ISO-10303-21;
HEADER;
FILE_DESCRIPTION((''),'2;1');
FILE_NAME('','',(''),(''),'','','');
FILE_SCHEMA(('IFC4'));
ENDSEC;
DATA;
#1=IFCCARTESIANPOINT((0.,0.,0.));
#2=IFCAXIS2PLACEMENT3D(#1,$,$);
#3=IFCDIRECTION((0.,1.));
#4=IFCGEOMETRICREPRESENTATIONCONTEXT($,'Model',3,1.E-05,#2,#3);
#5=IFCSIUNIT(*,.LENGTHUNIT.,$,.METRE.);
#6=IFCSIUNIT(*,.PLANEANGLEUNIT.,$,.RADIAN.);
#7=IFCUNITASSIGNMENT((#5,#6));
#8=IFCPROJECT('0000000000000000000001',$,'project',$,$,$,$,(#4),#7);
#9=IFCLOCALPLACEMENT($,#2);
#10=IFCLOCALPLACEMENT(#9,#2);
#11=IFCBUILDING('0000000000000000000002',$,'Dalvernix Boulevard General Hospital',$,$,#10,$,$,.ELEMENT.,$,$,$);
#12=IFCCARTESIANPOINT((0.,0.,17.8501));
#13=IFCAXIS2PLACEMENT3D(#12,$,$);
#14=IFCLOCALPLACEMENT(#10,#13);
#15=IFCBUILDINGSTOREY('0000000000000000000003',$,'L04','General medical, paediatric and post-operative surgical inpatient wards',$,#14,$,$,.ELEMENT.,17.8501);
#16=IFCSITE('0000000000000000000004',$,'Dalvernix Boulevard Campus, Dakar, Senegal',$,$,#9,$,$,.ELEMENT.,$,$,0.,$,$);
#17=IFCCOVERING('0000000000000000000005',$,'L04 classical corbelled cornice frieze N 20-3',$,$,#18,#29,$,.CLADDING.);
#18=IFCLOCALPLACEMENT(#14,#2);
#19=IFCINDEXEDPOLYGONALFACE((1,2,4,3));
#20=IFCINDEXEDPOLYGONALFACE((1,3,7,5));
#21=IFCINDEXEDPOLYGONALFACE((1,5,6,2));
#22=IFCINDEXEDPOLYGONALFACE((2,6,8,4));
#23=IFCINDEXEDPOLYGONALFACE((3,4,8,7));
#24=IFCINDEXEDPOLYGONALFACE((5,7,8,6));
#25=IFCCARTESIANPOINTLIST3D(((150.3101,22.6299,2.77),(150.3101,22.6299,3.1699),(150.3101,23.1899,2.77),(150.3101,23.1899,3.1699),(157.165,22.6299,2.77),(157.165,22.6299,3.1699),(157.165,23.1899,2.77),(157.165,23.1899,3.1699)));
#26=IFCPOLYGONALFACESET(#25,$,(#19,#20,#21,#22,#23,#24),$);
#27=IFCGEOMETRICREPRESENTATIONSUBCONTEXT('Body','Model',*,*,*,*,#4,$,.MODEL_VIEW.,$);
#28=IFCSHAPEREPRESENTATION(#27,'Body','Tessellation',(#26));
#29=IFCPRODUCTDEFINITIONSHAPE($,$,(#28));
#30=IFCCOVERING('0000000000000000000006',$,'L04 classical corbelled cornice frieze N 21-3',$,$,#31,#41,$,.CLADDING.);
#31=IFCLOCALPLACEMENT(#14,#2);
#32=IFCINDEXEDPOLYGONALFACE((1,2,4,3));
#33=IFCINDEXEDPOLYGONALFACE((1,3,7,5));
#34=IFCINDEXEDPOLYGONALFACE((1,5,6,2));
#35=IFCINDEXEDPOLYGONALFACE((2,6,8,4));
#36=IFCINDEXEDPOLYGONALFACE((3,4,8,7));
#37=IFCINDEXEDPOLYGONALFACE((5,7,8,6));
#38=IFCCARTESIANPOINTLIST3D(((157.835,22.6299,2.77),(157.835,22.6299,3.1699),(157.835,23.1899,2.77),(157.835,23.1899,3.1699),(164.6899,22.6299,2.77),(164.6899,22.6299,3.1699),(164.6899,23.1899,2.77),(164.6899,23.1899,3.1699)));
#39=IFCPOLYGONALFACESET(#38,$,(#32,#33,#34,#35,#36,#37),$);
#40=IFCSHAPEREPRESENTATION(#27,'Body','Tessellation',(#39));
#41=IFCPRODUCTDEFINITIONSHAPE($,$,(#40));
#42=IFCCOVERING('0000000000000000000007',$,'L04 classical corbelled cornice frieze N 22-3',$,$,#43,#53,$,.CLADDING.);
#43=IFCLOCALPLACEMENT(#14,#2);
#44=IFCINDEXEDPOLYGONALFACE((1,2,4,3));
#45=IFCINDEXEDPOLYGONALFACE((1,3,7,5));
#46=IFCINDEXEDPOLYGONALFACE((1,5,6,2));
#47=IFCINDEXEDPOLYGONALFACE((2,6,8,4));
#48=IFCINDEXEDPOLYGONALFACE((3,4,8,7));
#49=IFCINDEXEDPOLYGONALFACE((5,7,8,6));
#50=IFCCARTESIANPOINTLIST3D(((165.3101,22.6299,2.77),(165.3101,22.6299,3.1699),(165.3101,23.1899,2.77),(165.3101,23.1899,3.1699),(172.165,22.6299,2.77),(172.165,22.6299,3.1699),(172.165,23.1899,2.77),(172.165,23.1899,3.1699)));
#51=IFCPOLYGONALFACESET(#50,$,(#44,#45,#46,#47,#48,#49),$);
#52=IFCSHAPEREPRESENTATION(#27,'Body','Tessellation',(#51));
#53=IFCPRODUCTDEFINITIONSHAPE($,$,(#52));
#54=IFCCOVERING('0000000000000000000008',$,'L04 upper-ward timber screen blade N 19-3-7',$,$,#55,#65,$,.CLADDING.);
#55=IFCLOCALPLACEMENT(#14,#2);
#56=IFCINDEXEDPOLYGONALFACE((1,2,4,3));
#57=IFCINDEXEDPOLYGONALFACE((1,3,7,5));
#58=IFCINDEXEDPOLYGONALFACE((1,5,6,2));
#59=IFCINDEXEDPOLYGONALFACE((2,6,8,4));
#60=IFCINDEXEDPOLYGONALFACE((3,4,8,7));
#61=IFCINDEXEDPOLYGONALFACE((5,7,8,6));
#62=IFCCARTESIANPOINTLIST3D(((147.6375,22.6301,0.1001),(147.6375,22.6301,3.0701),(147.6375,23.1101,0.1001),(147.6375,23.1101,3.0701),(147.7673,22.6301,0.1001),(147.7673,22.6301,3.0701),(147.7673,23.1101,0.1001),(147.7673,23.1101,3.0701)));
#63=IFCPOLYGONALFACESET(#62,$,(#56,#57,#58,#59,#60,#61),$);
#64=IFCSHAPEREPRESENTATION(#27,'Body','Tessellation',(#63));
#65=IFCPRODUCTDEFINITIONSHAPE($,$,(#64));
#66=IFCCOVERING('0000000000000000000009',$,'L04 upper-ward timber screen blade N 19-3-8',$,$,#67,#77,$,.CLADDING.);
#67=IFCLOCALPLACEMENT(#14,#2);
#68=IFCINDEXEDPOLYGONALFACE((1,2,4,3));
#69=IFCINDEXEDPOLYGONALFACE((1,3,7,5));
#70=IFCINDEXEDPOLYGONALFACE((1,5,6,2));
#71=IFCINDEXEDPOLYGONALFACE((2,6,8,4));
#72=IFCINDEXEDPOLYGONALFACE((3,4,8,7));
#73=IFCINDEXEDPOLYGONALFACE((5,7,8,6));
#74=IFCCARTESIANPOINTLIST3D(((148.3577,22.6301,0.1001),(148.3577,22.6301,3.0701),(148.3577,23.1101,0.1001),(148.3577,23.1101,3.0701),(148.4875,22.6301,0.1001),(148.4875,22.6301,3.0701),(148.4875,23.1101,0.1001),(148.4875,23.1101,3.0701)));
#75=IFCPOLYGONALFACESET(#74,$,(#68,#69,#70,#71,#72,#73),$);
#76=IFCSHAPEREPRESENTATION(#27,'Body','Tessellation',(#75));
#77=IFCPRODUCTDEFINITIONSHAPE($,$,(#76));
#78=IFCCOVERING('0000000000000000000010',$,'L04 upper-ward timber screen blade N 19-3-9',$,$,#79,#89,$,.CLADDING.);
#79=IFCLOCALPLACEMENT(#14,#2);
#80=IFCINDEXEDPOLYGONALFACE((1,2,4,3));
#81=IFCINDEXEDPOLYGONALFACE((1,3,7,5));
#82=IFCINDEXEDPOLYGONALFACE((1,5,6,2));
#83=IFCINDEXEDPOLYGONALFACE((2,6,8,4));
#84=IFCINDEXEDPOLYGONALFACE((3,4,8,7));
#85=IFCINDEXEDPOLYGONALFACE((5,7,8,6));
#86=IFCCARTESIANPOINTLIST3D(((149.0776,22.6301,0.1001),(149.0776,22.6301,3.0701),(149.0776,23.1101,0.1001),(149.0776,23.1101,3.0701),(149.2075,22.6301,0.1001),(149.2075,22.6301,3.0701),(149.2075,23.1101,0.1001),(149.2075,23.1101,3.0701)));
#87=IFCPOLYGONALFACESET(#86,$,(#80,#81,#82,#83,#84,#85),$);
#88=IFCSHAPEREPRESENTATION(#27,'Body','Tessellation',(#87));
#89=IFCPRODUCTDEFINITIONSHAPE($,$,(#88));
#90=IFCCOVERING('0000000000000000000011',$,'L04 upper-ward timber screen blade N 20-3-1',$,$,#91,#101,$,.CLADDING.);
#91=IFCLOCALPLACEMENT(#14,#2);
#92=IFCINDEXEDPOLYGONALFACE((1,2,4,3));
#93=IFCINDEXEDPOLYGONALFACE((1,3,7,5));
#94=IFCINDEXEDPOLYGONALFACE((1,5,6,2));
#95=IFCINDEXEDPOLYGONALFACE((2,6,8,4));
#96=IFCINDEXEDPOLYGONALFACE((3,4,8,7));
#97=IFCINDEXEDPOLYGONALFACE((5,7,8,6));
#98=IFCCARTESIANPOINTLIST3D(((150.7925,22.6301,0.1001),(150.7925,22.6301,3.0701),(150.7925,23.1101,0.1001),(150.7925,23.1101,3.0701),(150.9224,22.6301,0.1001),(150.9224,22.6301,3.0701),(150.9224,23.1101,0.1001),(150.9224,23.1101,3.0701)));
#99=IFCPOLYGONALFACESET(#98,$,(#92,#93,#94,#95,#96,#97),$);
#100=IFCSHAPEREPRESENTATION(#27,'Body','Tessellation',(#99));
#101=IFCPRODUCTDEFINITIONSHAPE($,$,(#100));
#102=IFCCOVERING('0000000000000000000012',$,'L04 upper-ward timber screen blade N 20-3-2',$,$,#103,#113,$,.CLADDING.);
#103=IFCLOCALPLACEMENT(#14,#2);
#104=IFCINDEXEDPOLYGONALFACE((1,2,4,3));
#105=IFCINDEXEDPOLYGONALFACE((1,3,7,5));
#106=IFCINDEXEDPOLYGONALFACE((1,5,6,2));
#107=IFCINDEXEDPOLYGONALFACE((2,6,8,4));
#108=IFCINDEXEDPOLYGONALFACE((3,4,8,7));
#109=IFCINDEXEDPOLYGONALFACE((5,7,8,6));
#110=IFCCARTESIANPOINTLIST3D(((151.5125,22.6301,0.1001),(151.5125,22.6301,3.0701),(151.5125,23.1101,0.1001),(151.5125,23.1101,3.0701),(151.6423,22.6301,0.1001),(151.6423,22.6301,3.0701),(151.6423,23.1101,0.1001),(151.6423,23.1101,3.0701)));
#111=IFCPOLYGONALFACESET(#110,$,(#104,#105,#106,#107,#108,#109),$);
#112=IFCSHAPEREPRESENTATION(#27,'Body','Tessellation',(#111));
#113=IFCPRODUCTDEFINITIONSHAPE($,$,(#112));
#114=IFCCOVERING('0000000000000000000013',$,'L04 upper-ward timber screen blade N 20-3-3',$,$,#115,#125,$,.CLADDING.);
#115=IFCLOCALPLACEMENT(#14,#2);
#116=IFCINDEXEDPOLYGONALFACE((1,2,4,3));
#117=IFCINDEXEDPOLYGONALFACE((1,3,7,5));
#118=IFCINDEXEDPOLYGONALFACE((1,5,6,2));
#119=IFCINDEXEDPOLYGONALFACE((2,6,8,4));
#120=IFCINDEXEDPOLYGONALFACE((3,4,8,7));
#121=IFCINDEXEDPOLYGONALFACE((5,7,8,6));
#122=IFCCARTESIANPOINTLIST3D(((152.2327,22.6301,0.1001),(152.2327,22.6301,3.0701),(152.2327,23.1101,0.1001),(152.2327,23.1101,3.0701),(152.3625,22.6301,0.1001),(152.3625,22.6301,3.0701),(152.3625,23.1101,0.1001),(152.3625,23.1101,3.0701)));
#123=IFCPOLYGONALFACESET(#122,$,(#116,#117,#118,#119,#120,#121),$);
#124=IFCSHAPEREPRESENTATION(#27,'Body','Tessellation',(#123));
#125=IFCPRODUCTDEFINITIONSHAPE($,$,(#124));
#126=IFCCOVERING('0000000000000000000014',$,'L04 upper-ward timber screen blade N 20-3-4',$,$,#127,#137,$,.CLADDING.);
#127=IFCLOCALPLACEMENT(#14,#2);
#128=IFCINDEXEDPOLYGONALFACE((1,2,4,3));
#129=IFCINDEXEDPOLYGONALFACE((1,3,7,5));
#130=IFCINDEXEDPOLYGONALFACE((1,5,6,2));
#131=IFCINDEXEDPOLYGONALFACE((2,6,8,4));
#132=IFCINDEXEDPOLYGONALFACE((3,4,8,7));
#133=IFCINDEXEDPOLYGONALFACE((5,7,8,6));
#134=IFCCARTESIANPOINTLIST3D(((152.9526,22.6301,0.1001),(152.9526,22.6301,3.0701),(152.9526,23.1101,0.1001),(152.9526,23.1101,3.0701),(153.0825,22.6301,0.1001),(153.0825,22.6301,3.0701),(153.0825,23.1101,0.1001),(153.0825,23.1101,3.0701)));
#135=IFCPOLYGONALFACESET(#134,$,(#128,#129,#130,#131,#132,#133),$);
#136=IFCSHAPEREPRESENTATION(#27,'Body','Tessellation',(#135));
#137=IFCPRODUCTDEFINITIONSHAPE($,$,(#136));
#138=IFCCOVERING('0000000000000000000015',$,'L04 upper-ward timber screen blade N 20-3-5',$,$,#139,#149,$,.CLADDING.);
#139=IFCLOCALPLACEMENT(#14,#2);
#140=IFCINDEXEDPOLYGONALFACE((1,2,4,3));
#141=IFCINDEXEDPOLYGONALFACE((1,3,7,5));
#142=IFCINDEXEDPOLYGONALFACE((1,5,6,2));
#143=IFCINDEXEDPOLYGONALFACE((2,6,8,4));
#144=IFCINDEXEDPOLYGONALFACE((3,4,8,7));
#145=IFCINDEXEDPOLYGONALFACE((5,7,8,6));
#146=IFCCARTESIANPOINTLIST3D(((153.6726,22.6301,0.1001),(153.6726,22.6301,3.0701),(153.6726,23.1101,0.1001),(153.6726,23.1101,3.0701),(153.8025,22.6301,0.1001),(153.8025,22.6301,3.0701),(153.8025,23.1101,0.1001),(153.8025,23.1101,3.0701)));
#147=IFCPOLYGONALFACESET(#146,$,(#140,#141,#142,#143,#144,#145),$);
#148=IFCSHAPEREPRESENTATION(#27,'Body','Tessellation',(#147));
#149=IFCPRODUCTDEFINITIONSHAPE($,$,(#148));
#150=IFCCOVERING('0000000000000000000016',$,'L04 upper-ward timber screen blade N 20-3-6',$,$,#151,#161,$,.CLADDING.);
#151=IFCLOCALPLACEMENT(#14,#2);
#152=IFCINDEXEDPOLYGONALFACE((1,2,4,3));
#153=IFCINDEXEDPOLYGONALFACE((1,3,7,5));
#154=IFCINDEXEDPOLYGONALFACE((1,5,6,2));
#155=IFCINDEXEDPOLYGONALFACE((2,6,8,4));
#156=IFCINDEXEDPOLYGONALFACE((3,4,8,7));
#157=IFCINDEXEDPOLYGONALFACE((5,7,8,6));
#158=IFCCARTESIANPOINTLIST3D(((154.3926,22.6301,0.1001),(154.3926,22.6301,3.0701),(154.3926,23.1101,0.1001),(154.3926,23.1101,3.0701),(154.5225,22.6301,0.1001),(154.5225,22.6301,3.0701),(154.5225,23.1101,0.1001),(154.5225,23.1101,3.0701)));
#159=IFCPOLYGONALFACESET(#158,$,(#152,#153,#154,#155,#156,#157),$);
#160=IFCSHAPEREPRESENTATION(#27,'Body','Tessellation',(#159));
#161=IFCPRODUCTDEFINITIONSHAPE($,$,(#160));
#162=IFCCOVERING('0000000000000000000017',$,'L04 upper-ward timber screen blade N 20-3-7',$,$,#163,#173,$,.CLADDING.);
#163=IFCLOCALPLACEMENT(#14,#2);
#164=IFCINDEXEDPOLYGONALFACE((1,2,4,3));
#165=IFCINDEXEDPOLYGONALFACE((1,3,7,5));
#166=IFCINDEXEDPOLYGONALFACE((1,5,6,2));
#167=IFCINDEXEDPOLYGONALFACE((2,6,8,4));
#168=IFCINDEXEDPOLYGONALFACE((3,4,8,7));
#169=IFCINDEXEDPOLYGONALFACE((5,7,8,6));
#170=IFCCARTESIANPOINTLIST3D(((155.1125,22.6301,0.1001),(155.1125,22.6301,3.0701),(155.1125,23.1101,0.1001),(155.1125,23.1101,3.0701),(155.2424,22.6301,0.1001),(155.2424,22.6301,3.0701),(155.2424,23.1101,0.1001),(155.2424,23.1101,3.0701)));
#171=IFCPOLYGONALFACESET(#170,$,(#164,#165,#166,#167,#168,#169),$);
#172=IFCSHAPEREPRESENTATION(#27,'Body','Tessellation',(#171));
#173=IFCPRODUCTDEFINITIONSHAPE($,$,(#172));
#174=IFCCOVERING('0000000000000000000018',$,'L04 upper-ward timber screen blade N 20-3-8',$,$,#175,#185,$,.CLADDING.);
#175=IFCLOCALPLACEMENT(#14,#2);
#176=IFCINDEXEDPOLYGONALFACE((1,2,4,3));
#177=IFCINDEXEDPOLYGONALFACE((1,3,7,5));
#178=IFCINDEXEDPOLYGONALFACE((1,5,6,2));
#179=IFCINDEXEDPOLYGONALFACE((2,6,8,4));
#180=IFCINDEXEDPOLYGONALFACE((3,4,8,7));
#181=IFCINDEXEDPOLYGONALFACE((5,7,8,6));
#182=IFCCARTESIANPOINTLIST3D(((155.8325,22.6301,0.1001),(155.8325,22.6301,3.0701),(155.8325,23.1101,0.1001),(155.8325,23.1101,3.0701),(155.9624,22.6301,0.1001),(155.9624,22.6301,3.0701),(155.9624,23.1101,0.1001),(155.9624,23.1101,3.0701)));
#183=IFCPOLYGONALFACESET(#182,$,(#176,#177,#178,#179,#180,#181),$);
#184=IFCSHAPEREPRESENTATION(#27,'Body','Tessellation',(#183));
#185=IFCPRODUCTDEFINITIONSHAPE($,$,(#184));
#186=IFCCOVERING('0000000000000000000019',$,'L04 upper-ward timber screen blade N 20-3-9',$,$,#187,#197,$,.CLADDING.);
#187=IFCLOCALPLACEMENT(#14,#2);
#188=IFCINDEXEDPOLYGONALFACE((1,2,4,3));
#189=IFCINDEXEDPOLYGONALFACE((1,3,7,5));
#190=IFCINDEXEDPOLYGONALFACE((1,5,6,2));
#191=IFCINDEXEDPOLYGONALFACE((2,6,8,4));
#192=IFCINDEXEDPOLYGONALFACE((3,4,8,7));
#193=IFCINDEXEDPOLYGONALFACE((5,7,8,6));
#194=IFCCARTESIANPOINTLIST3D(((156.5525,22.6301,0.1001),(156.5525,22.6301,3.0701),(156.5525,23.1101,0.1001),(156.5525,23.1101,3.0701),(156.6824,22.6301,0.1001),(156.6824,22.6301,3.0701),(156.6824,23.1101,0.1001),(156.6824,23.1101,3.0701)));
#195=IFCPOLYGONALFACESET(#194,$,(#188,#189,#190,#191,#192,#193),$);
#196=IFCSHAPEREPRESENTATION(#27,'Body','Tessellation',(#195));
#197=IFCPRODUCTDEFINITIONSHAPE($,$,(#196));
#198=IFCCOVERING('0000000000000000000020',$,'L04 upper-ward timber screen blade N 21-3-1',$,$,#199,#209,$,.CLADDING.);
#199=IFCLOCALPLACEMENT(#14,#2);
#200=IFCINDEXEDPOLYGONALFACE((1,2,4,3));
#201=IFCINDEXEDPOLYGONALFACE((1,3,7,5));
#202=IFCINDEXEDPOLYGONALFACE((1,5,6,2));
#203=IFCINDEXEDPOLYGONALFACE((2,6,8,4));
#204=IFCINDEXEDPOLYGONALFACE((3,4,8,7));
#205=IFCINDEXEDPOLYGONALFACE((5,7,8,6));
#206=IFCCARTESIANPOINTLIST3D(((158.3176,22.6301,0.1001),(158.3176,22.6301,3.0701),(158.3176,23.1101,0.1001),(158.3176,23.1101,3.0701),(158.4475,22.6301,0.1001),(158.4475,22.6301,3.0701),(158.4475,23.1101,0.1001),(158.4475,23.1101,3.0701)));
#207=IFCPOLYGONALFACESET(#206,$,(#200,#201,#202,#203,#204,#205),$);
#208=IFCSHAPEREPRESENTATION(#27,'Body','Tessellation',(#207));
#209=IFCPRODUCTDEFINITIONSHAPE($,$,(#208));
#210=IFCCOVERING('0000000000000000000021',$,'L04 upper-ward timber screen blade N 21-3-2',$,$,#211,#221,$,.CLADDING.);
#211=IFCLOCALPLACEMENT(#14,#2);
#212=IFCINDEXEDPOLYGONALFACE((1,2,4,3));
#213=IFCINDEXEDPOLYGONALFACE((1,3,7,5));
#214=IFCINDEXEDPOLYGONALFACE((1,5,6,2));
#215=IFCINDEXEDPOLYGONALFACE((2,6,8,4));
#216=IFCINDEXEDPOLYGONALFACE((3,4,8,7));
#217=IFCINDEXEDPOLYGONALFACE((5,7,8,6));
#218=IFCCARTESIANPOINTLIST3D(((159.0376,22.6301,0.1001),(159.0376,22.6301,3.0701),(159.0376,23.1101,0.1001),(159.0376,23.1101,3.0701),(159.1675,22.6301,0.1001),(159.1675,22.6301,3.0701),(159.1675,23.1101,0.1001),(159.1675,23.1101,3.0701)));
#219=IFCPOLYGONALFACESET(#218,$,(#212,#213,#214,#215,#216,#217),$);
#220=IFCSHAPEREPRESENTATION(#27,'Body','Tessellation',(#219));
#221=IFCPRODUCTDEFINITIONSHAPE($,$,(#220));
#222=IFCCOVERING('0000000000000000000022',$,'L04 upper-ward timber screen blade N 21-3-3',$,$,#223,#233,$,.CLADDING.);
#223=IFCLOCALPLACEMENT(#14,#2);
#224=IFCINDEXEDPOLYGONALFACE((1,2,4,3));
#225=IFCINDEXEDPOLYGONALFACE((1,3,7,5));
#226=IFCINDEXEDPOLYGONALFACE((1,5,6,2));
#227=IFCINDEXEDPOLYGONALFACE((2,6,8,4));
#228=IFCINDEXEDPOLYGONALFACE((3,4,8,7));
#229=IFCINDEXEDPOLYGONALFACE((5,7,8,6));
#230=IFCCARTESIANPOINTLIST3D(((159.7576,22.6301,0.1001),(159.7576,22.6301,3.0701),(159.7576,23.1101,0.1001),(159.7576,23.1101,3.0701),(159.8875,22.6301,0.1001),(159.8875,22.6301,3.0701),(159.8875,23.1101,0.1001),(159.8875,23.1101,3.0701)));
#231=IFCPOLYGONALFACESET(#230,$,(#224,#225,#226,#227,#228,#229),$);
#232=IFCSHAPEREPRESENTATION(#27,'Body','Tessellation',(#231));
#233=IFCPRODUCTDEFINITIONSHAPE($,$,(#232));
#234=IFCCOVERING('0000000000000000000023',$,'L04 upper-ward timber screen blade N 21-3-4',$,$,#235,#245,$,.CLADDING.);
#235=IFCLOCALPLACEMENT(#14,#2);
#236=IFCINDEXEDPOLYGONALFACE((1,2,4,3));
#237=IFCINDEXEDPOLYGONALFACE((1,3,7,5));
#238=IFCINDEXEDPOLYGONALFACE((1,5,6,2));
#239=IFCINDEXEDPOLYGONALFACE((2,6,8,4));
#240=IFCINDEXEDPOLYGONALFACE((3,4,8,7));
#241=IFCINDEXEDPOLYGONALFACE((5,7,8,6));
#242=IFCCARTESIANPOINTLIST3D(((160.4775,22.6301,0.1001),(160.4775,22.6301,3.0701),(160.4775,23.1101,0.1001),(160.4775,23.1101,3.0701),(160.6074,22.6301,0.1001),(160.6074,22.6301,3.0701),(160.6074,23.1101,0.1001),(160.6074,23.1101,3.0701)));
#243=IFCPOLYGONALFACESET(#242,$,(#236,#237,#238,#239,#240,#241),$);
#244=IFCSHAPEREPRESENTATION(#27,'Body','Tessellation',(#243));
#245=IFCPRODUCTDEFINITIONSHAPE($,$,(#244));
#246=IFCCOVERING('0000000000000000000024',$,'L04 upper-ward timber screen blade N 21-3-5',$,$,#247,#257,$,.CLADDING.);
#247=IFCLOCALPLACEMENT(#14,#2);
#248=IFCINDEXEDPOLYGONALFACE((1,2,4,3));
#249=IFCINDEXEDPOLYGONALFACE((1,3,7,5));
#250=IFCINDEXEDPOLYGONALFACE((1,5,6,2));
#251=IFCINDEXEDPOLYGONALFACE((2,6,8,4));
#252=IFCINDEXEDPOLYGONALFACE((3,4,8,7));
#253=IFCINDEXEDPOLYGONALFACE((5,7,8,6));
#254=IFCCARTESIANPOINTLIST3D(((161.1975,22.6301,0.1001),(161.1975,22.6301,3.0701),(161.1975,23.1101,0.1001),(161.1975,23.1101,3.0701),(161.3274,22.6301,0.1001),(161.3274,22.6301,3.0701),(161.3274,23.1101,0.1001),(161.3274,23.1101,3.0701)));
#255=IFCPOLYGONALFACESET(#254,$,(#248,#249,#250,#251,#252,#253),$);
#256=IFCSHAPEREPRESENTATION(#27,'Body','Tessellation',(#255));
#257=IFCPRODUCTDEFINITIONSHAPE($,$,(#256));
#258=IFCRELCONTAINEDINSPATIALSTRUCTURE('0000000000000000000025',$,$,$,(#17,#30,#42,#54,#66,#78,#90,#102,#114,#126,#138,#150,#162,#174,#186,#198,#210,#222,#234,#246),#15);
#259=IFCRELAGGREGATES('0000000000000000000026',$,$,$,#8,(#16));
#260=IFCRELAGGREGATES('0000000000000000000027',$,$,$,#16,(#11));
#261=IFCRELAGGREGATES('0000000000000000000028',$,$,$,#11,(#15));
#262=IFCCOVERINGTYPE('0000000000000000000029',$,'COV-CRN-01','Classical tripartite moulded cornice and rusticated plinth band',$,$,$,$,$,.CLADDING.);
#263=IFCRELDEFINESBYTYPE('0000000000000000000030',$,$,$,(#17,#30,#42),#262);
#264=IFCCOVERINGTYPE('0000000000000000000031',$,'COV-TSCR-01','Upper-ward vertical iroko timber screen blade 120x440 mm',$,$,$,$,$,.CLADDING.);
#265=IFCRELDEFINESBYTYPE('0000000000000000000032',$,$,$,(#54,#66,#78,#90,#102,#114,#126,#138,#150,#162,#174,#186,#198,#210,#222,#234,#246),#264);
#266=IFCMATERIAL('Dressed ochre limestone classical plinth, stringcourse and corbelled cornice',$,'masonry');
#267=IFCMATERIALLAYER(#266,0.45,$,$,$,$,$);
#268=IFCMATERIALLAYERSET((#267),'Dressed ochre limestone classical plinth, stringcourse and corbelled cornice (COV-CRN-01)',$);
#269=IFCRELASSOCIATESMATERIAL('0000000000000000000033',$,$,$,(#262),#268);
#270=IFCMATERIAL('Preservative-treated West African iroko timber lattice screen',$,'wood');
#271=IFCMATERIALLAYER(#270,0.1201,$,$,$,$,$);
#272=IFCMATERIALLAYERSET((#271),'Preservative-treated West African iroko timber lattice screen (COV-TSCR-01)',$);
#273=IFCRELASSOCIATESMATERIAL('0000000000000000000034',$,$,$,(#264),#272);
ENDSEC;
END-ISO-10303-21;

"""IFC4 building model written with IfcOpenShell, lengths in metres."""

from ifc_helpers import new_model, si_unit, direction, frame, origin, origin_2d, place, context, subcontext, project, spatial, rectangle, extrude, material, layer, layer_set, type_object, element, save


model = new_model("IFC4")

# Units and contexts
model_context = context("Model", 3, precision=1e-05, world=origin(), true_north=direction((0.0, 1.0)))
body_context = subcontext(model_context, "Body", "Model", "MODEL_VIEW")
ifc_project = project(units=[si_unit("LENGTHUNIT", "METRE"), si_unit("PLANEANGLEUNIT", "RADIAN")], contexts=[model_context])

# Site, building, storey
site_placement = place(None, origin())
site = spatial("IfcSite", under=ifc_project, at=site_placement, Name="Dalvernix Boulevard Campus, Dakar, Senegal", CompositionType="ELEMENT", RefElevation=0.0)
building_placement = place(site_placement, origin())
building = spatial("IfcBuilding", under=site, at=building_placement, Name="Dalvernix Boulevard General Hospital", CompositionType="ELEMENT")
storey_placement = place(building_placement, frame((0.0, 0.0, 17.8501)))
storey = spatial("IfcBuildingStorey", under=building, at=storey_placement, Name="L04", Description="General medical, paediatric and post-operative surgical inpatient wards", CompositionType="ELEMENT", Elevation=17.8501)

# Coverings
ifc_material_1 = material(Name="Dressed ochre limestone classical plinth, stringcourse and corbelled cornice", Category="masonry")
ifc_layer_1 = layer(ifc_material_1, 0.45)
ifc_layer_set_1 = layer_set([ifc_layer_1], Name="Dressed ochre limestone classical plinth, stringcourse and corbelled cornice (COV-CRN-01)")
covering_type_1 = type_object("IfcCoveringType", Name="COV-CRN-01", Description="Classical tripartite moulded cornice and rusticated plinth band", PredefinedType="CLADDING", material=ifc_layer_set_1)
for number, where, z_axis, x_axis, name in (
    (1, (153.7375, 22.9099, 2.77), (0.0, 0.0, 1.0), (1.0, 0.0, 0.0), "L04 classical corbelled cornice frieze N 20-3"),
    (2, (161.2625, 22.9099, 2.77), (0.0, 0.0, 1.0), (1.0, 0.0, 0.0), "L04 classical corbelled cornice frieze N 21-3"),
    (3, (168.7375, 22.9099, 2.77), (0.0, 0.0, 1.0), (1.0, 0.0, 0.0), "L04 classical corbelled cornice frieze N 22-3"),
):
    element("IfcCovering", number, at=place(storey_placement, frame(where, z_axis=z_axis, x_axis=x_axis)), inside=storey, type_object=covering_type_1, Name=name, PredefinedType="CLADDING", context=body_context, shape_type="SweptSolid", body=[
        extrude(rectangle(XDim=6.855, YDim=0.5601, at=origin_2d()), origin(), (0.0, 0.0, 1.0), 0.3999),
    ])
ifc_material_2 = material(Name="Preservative-treated West African iroko timber lattice screen", Category="wood")
ifc_layer_2 = layer(ifc_material_2, 0.1201)
ifc_layer_set_2 = layer_set([ifc_layer_2], Name="Preservative-treated West African iroko timber lattice screen (COV-TSCR-01)")
covering_type_2 = type_object("IfcCoveringType", Name="COV-TSCR-01", Description="Upper-ward vertical iroko timber screen blade 120x440 mm", PredefinedType="CLADDING", material=ifc_layer_set_2)
for number, where, z_axis, x_axis, name in (
    (4, (147.7024, 22.8701, 0.1001), (0.0, 0.0, 1.0), (1.0, 0.0, 0.0), "L04 upper-ward timber screen blade N 19-3-7"),
    (5, (148.4226, 22.8701, 0.1001), (0.0, 0.0, 1.0), (1.0, 0.0, 0.0), "L04 upper-ward timber screen blade N 19-3-8"),
    (6, (149.1426, 22.8701, 0.1001), (0.0, 0.0, 1.0), (1.0, 0.0, 0.0), "L04 upper-ward timber screen blade N 19-3-9"),
    (7, (150.8574, 22.8701, 0.1001), (0.0, 0.0, 1.0), (1.0, 0.0, 0.0), "L04 upper-ward timber screen blade N 20-3-1"),
    (8, (151.5774, 22.8701, 0.1001), (0.0, 0.0, 1.0), (1.0, 0.0, 0.0), "L04 upper-ward timber screen blade N 20-3-2"),
    (9, (152.2976, 22.8701, 0.1001), (0.0, 0.0, 1.0), (1.0, 0.0, 0.0), "L04 upper-ward timber screen blade N 20-3-3"),
    (10, (153.0176, 22.8701, 0.1001), (0.0, 0.0, 1.0), (1.0, 0.0, 0.0), "L04 upper-ward timber screen blade N 20-3-4"),
    (11, (153.7375, 22.8701, 0.1001), (0.0, 0.0, 1.0), (1.0, 0.0, 0.0), "L04 upper-ward timber screen blade N 20-3-5"),
    (12, (154.4575, 22.8701, 0.1001), (0.0, 0.0, 1.0), (1.0, 0.0, 0.0), "L04 upper-ward timber screen blade N 20-3-6"),
    (13, (155.1775, 22.8701, 0.1001), (0.0, 0.0, 1.0), (1.0, 0.0, 0.0), "L04 upper-ward timber screen blade N 20-3-7"),
    (14, (155.8975, 22.8701, 0.1001), (0.0, 0.0, 1.0), (1.0, 0.0, 0.0), "L04 upper-ward timber screen blade N 20-3-8"),
    (15, (156.6174, 22.8701, 0.1001), (0.0, 0.0, 1.0), (1.0, 0.0, 0.0), "L04 upper-ward timber screen blade N 20-3-9"),
    (16, (158.3826, 22.8701, 0.1001), (0.0, 0.0, 1.0), (1.0, 0.0, 0.0), "L04 upper-ward timber screen blade N 21-3-1"),
    (17, (159.1025, 22.8701, 0.1001), (0.0, 0.0, 1.0), (1.0, 0.0, 0.0), "L04 upper-ward timber screen blade N 21-3-2"),
    (18, (159.8225, 22.8701, 0.1001), (0.0, 0.0, 1.0), (1.0, 0.0, 0.0), "L04 upper-ward timber screen blade N 21-3-3"),
    (19, (160.5425, 22.8701, 0.1001), (0.0, 0.0, 1.0), (1.0, 0.0, 0.0), "L04 upper-ward timber screen blade N 21-3-4"),
    (20, (161.2625, 22.8701, 0.1001), (0.0, 0.0, 1.0), (1.0, 0.0, 0.0), "L04 upper-ward timber screen blade N 21-3-5"),
):
    element("IfcCovering", number, at=place(storey_placement, frame(where, z_axis=z_axis, x_axis=x_axis)), inside=storey, type_object=covering_type_2, Name=name, PredefinedType="CLADDING", context=body_context, shape_type="SweptSolid", body=[
        extrude(rectangle(XDim=0.1299, YDim=0.48, at=origin_2d()), origin(), (0.0, 0.0, 1.0), 2.97),
    ])

save(model, "model.ifc")
